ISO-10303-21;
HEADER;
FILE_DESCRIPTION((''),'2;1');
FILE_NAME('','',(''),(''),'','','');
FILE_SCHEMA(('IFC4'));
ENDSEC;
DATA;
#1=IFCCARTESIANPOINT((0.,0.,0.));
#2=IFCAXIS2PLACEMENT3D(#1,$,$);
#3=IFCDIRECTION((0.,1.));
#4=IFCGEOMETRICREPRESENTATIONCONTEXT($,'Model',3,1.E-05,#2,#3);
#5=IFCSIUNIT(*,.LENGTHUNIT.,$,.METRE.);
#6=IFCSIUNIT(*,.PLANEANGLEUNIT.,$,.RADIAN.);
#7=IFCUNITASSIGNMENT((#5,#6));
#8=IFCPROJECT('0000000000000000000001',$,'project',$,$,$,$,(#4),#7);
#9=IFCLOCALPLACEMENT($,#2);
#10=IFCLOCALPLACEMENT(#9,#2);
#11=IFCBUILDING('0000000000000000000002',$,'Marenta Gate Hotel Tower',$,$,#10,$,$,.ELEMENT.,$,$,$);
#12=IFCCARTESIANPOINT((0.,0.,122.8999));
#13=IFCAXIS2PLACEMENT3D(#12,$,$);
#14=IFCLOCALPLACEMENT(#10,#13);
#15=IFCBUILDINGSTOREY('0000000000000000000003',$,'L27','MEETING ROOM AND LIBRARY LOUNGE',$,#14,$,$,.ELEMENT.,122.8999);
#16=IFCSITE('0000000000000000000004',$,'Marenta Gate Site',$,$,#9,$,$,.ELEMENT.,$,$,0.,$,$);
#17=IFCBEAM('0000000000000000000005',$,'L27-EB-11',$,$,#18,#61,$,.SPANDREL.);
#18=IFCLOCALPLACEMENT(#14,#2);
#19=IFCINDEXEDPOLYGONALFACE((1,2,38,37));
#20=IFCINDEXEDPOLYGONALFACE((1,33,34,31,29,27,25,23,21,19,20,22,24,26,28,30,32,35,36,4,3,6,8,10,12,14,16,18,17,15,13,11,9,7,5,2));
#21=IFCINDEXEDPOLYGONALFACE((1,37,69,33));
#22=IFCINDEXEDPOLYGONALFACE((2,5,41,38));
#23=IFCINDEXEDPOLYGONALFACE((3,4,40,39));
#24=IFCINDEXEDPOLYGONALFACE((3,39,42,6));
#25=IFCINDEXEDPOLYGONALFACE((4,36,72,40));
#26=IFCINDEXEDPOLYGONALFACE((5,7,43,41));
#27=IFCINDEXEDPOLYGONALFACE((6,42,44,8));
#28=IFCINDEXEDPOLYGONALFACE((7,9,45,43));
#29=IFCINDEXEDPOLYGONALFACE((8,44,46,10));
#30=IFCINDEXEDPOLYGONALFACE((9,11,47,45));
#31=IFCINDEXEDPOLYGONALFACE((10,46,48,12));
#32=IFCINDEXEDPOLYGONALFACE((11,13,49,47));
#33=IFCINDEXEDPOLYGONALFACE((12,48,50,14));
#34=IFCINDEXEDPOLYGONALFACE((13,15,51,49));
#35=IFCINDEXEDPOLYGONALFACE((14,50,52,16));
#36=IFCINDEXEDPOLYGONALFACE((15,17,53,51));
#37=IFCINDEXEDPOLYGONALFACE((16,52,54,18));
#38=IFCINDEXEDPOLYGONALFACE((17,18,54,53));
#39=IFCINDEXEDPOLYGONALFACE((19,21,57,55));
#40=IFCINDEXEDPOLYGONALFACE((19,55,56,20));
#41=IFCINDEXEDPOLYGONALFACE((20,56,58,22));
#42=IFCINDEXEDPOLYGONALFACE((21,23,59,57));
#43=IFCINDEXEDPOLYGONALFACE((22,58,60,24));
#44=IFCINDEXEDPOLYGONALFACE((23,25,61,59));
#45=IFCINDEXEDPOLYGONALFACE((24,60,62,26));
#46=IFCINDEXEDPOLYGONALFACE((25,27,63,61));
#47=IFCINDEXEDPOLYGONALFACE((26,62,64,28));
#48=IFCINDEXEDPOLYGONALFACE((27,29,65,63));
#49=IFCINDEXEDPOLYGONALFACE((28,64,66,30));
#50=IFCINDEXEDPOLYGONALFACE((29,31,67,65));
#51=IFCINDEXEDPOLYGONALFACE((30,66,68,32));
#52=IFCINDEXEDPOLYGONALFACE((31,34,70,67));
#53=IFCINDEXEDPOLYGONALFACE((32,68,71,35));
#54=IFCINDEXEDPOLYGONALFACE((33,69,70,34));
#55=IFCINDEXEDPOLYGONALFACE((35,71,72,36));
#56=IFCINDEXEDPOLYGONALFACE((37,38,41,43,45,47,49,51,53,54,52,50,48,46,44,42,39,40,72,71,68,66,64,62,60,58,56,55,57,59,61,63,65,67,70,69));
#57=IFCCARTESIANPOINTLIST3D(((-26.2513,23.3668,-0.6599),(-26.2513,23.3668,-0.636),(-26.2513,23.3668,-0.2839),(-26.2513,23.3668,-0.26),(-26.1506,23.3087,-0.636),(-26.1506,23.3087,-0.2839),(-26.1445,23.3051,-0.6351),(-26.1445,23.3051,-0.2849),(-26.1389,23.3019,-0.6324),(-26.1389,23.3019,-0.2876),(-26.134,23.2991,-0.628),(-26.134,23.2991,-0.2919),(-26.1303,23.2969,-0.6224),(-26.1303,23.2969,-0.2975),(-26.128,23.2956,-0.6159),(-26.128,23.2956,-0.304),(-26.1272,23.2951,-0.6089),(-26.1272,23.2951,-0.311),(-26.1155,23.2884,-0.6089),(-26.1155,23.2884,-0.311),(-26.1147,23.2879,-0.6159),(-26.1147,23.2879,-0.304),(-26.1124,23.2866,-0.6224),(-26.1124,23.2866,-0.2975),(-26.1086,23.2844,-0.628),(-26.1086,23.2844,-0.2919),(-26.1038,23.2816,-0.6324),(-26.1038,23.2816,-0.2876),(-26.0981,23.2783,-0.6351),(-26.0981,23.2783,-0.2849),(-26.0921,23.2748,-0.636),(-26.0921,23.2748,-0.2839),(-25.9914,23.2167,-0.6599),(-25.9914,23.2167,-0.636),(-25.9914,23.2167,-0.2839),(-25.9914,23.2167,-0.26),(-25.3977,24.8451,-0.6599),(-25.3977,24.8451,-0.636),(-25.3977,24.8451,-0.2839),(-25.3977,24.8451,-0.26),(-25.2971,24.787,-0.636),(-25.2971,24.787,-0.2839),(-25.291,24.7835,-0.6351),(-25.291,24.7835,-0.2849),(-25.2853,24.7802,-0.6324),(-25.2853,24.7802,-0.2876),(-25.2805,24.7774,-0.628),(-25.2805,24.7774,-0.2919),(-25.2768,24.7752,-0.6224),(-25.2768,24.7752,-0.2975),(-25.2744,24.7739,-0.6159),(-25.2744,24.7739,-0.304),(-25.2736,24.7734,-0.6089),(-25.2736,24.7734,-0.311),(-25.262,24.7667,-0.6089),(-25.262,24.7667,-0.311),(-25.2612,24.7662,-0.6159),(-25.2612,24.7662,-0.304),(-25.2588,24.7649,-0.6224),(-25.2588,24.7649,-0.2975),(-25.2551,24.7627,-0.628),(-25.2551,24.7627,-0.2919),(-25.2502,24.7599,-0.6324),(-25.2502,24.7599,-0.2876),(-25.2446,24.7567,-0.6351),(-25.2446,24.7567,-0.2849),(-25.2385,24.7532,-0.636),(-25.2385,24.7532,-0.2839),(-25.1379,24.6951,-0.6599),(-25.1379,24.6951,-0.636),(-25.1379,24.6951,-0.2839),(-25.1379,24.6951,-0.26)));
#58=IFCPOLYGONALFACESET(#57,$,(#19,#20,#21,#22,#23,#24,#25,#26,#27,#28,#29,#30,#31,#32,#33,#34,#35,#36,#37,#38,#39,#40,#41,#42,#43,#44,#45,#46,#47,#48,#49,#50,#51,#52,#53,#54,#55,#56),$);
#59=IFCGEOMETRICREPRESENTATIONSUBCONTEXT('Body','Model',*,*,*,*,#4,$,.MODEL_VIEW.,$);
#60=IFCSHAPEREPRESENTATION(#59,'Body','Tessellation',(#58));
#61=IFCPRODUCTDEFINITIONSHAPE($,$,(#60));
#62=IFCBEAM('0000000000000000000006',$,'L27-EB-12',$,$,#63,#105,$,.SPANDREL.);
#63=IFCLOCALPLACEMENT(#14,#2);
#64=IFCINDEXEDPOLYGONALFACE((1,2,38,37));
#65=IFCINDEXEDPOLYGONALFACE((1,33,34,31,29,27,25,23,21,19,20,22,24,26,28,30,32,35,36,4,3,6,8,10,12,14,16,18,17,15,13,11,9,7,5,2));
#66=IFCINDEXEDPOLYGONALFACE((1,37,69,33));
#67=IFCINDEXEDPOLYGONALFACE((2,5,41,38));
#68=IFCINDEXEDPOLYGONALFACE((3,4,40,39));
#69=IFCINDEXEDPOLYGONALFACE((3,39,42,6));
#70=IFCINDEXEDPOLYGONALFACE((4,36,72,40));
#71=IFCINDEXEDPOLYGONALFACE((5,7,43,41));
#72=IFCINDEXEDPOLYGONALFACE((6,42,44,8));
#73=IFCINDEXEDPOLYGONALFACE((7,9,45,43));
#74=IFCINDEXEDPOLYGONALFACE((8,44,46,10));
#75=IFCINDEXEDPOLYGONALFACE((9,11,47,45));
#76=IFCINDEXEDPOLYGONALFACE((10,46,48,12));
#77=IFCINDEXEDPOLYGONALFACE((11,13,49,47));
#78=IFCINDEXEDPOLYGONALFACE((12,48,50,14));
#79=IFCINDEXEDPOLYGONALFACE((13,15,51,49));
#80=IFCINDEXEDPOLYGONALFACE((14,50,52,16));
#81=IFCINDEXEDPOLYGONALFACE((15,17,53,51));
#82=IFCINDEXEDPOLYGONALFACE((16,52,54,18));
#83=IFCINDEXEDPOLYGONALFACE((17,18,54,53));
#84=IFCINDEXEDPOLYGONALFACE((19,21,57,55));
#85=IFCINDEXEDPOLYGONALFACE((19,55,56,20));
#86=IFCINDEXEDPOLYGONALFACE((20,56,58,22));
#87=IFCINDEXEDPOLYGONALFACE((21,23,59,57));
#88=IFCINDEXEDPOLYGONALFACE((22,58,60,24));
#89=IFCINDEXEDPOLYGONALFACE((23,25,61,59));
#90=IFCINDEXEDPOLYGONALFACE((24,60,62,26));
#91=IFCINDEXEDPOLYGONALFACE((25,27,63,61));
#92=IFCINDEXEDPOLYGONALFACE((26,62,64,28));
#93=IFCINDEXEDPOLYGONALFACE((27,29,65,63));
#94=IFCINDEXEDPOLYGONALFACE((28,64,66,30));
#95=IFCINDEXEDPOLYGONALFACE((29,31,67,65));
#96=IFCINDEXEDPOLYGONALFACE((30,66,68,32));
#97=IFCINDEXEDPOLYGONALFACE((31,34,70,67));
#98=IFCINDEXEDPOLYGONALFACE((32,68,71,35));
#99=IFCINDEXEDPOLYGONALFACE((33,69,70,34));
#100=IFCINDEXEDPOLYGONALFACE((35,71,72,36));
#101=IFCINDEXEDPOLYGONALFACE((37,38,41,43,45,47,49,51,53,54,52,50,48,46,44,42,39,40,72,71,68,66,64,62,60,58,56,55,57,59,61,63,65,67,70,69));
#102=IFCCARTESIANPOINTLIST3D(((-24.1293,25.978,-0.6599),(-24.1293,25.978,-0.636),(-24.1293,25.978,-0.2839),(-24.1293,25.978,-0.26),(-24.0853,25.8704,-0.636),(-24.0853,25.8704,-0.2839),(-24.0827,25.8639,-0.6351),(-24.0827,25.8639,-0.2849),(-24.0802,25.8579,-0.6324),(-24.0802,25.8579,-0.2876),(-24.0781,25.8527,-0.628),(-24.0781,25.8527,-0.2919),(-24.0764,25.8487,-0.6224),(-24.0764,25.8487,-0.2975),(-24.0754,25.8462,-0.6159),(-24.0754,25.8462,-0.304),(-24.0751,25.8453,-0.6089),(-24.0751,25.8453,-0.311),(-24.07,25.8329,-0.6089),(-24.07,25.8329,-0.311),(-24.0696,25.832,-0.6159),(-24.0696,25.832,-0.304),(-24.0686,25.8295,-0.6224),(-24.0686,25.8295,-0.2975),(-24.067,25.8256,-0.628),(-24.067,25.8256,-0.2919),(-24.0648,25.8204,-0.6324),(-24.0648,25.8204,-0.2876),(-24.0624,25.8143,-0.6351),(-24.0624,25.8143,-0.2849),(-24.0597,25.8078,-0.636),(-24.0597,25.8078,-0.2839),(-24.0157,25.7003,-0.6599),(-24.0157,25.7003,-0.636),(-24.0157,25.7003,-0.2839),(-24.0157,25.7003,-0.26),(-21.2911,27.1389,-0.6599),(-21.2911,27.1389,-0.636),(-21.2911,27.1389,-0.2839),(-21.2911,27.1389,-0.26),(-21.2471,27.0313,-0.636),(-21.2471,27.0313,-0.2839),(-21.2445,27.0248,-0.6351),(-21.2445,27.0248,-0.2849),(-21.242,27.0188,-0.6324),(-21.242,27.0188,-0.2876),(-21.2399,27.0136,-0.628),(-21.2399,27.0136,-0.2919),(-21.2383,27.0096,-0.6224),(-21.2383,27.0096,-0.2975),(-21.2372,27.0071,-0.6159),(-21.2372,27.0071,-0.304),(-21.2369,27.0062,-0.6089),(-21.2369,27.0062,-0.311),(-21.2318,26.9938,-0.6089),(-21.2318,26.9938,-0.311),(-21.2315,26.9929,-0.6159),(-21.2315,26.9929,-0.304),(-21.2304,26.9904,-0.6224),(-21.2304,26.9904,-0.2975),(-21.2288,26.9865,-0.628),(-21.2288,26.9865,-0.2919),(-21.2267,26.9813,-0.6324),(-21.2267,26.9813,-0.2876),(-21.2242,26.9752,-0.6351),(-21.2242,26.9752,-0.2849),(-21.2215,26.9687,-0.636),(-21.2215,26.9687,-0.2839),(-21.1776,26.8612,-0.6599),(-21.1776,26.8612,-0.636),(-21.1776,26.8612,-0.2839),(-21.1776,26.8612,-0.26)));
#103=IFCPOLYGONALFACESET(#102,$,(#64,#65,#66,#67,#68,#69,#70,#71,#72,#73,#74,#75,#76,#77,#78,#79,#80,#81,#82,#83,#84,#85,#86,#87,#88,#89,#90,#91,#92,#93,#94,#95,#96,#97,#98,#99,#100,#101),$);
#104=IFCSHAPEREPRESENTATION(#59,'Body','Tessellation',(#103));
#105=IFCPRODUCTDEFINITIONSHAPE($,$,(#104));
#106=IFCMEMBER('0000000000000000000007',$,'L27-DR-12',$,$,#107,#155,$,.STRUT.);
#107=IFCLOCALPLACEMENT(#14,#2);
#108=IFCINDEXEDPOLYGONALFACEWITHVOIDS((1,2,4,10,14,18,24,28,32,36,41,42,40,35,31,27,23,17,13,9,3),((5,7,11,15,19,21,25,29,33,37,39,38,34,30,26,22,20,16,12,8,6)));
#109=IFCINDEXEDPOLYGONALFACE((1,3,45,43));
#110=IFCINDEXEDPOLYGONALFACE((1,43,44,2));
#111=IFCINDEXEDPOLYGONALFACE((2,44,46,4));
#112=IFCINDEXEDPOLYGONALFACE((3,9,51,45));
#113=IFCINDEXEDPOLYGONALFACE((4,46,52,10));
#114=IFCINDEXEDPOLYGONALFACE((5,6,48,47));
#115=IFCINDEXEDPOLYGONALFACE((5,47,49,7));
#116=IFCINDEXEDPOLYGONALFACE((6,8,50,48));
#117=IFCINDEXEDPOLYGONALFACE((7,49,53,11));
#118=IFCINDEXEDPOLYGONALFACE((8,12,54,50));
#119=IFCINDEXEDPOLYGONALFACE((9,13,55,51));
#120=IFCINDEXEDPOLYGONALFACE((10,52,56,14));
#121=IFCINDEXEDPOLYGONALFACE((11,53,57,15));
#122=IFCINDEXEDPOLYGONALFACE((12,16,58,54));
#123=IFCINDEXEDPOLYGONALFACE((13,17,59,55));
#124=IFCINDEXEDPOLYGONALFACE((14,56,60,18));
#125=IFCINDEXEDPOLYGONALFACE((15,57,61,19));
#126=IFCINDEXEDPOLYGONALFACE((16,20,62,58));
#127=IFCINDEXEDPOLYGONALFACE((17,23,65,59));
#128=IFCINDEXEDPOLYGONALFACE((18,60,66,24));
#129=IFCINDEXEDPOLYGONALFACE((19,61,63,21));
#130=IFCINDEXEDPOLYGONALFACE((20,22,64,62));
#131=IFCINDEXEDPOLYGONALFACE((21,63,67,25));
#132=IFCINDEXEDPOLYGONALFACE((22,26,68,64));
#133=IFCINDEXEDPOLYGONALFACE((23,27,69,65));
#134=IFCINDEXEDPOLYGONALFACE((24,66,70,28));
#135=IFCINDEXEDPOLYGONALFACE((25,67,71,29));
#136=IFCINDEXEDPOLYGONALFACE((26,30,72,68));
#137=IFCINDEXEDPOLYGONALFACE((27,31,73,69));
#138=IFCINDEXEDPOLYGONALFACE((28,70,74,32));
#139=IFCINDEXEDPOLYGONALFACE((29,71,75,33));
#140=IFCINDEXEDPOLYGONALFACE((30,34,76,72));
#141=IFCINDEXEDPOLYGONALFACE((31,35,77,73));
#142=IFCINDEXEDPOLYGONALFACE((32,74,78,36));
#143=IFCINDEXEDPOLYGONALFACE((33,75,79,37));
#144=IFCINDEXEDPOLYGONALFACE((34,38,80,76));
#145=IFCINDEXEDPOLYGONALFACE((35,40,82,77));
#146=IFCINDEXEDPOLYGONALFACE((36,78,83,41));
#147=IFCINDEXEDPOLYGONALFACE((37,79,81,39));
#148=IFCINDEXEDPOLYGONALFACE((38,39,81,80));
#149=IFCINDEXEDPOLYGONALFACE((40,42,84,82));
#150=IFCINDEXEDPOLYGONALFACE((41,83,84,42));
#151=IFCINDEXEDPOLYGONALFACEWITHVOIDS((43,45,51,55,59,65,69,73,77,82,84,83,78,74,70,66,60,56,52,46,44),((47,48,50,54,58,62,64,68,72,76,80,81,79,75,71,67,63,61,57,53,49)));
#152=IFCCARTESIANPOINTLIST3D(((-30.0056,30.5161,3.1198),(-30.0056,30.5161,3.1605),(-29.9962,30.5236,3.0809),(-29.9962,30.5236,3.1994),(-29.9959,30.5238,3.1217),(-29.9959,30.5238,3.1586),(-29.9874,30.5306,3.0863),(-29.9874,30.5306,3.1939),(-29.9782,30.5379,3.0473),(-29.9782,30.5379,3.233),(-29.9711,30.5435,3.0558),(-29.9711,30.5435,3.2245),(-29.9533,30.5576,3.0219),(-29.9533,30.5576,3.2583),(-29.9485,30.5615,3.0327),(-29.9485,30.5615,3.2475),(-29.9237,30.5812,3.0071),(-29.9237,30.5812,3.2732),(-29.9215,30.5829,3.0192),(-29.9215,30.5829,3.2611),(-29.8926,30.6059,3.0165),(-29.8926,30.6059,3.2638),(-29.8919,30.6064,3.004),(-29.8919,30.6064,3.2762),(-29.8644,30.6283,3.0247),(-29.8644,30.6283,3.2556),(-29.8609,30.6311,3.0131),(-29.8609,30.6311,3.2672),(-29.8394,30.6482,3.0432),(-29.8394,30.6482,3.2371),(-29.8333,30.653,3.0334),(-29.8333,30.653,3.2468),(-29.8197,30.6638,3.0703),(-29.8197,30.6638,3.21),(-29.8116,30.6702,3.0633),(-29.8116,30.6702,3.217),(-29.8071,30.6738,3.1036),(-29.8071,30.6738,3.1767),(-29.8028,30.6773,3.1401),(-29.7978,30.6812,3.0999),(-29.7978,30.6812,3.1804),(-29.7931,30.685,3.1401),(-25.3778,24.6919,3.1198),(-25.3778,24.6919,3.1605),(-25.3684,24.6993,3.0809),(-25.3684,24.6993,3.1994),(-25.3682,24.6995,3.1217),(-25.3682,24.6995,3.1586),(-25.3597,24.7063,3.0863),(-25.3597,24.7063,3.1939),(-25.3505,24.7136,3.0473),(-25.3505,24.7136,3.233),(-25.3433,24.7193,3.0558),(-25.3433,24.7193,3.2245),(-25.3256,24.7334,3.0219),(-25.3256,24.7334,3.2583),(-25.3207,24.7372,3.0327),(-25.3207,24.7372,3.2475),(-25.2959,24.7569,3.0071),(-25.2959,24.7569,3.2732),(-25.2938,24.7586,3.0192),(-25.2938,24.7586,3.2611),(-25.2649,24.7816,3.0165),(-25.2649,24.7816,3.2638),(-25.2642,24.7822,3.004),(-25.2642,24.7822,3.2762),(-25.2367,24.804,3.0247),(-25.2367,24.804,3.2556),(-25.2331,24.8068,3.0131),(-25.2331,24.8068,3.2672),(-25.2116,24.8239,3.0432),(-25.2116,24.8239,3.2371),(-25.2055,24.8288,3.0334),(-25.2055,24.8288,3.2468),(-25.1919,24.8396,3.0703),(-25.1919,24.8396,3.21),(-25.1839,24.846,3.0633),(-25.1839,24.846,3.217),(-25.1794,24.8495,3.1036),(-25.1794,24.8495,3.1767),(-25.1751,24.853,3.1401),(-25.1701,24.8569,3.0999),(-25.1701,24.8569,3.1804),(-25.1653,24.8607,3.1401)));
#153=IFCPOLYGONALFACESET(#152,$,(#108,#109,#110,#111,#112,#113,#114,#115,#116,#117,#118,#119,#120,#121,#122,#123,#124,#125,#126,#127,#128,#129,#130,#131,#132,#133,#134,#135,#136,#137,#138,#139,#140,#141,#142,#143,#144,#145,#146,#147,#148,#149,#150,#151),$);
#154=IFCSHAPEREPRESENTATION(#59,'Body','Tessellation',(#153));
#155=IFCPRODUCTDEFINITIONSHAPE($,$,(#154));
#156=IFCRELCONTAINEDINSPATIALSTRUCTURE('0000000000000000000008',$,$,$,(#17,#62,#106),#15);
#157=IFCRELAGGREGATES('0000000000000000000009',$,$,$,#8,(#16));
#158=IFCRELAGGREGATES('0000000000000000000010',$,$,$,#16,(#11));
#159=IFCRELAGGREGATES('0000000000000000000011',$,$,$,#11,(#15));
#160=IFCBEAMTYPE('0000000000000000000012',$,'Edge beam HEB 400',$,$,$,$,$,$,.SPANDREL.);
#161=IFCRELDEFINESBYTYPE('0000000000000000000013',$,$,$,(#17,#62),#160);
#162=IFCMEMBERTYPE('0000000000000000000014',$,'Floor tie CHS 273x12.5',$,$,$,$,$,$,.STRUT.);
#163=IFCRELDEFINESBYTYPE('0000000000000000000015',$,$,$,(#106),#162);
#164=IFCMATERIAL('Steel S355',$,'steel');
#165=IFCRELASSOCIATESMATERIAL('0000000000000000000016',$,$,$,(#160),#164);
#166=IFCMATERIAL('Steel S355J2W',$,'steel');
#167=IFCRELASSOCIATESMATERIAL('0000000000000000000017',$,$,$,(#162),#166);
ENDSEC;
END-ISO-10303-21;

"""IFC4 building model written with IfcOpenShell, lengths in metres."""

from ifc_helpers import new_model, si_unit, direction, frame, origin, origin_2d, place, context, subcontext, project, spatial, hollow_circle, i_section, extrude, material, material_profile, profile_set, type_object, element, save


model = new_model("IFC4")

# Units and contexts
model_context = context("Model", 3, precision=1e-05, world=origin(), true_north=direction((0.0, 1.0)))
body_context = subcontext(model_context, "Body", "Model", "MODEL_VIEW")
ifc_project = project(units=[si_unit("LENGTHUNIT", "METRE"), si_unit("PLANEANGLEUNIT", "RADIAN")], contexts=[model_context])

# Site, building, storey
site_placement = place(None, origin())
site = spatial("IfcSite", under=ifc_project, at=site_placement, Name="Marenta Gate Site", CompositionType="ELEMENT", RefElevation=0.0)
building_placement = place(site_placement, origin())
building = spatial("IfcBuilding", under=site, at=building_placement, Name="Marenta Gate Hotel Tower", CompositionType="ELEMENT")
storey_placement = place(building_placement, frame((0.0, 0.0, 122.8999)))
storey = spatial("IfcBuildingStorey", under=building, at=storey_placement, Name="L27", Description="MEETING ROOM AND LIBRARY LOUNGE", CompositionType="ELEMENT", Elevation=122.8999)

# Beams
ifc_material_1 = material(Name="Steel S355", Category="steel")
ifc_material_profile_1 = material_profile(ifc_material_1, i_section(OverallWidth=0.3, OverallDepth=0.3999, WebThickness=0.0134, FlangeThickness=0.0239, FilletRadius=0.0271, at=origin_2d()), Name="HEB 400")
ifc_profile_set_1 = profile_set([ifc_material_profile_1], Name="Steel S355")
beam_type_1 = type_object("IfcBeamType", Name="Edge beam HEB 400", PredefinedType="SPANDREL", material=ifc_profile_set_1)
beam_1_placement = place(storey_placement, frame((-26.1213, 23.2917, -0.46), z_axis=(0.500015, 0.866016, 0.0), x_axis=(-0.866016, 0.500015, 0.0)))
element("IfcBeam", 1, at=beam_1_placement, inside=storey, type_object=beam_type_1, Name="L27-EB-11", PredefinedType="SPANDREL", context=body_context, shape_type="SweptSolid", body=[
    extrude(i_section(OverallWidth=0.3, OverallDepth=0.3999, WebThickness=0.0134, FlangeThickness=0.0239, FilletRadius=0.0271, at=origin_2d()), origin(), (0.0, 0.0, 1.0), 1.707),
])
beam_2_placement = place(storey_placement, frame((-24.0725, 25.8391, -0.46), z_axis=(0.925566, 0.378586, 0.0), x_axis=(-0.378586, 0.925566, 0.0)))
element("IfcBeam", 2, at=beam_2_placement, inside=storey, type_object=beam_type_1, Name="L27-EB-12", PredefinedType="SPANDREL", context=body_context, shape_type="SweptSolid", body=[
    extrude(i_section(OverallWidth=0.3, OverallDepth=0.3999, WebThickness=0.0134, FlangeThickness=0.0239, FilletRadius=0.0271, at=origin_2d()), origin(), (0.0, 0.0, 1.0), 3.0664),
])

# Member
ifc_material_2 = material(Name="Steel S355J2W", Category="steel")
ifc_material_profile_2 = material_profile(ifc_material_2, hollow_circle(Radius=0.1365, WallThickness=0.0125, at=origin_2d()), Name="CHS 273x12.5")
ifc_profile_set_2 = profile_set([ifc_material_profile_2], Name="Steel S355J2W")
member_type_1 = type_object("IfcMemberType", Name="Floor tie CHS 273x12.5", PredefinedType="STRUT", material=ifc_profile_set_2)
member_1_placement = place(storey_placement, frame((-29.8999, 30.6001, 3.1401), z_axis=(0.622094, -0.782943, 0.0), x_axis=(0.782943, 0.622094, 0.0)))
element("IfcMember", 3, at=member_1_placement, inside=storey, type_object=member_type_1, Name="L27-DR-12", PredefinedType="STRUT", context=body_context, shape_type="SweptSolid", body=[
    extrude(hollow_circle(Radius=0.1365, WallThickness=0.0125, at=origin_2d()), origin(), (0.0, 0.0, 1.0), 7.439),
])

save(model, "model.ifc")
